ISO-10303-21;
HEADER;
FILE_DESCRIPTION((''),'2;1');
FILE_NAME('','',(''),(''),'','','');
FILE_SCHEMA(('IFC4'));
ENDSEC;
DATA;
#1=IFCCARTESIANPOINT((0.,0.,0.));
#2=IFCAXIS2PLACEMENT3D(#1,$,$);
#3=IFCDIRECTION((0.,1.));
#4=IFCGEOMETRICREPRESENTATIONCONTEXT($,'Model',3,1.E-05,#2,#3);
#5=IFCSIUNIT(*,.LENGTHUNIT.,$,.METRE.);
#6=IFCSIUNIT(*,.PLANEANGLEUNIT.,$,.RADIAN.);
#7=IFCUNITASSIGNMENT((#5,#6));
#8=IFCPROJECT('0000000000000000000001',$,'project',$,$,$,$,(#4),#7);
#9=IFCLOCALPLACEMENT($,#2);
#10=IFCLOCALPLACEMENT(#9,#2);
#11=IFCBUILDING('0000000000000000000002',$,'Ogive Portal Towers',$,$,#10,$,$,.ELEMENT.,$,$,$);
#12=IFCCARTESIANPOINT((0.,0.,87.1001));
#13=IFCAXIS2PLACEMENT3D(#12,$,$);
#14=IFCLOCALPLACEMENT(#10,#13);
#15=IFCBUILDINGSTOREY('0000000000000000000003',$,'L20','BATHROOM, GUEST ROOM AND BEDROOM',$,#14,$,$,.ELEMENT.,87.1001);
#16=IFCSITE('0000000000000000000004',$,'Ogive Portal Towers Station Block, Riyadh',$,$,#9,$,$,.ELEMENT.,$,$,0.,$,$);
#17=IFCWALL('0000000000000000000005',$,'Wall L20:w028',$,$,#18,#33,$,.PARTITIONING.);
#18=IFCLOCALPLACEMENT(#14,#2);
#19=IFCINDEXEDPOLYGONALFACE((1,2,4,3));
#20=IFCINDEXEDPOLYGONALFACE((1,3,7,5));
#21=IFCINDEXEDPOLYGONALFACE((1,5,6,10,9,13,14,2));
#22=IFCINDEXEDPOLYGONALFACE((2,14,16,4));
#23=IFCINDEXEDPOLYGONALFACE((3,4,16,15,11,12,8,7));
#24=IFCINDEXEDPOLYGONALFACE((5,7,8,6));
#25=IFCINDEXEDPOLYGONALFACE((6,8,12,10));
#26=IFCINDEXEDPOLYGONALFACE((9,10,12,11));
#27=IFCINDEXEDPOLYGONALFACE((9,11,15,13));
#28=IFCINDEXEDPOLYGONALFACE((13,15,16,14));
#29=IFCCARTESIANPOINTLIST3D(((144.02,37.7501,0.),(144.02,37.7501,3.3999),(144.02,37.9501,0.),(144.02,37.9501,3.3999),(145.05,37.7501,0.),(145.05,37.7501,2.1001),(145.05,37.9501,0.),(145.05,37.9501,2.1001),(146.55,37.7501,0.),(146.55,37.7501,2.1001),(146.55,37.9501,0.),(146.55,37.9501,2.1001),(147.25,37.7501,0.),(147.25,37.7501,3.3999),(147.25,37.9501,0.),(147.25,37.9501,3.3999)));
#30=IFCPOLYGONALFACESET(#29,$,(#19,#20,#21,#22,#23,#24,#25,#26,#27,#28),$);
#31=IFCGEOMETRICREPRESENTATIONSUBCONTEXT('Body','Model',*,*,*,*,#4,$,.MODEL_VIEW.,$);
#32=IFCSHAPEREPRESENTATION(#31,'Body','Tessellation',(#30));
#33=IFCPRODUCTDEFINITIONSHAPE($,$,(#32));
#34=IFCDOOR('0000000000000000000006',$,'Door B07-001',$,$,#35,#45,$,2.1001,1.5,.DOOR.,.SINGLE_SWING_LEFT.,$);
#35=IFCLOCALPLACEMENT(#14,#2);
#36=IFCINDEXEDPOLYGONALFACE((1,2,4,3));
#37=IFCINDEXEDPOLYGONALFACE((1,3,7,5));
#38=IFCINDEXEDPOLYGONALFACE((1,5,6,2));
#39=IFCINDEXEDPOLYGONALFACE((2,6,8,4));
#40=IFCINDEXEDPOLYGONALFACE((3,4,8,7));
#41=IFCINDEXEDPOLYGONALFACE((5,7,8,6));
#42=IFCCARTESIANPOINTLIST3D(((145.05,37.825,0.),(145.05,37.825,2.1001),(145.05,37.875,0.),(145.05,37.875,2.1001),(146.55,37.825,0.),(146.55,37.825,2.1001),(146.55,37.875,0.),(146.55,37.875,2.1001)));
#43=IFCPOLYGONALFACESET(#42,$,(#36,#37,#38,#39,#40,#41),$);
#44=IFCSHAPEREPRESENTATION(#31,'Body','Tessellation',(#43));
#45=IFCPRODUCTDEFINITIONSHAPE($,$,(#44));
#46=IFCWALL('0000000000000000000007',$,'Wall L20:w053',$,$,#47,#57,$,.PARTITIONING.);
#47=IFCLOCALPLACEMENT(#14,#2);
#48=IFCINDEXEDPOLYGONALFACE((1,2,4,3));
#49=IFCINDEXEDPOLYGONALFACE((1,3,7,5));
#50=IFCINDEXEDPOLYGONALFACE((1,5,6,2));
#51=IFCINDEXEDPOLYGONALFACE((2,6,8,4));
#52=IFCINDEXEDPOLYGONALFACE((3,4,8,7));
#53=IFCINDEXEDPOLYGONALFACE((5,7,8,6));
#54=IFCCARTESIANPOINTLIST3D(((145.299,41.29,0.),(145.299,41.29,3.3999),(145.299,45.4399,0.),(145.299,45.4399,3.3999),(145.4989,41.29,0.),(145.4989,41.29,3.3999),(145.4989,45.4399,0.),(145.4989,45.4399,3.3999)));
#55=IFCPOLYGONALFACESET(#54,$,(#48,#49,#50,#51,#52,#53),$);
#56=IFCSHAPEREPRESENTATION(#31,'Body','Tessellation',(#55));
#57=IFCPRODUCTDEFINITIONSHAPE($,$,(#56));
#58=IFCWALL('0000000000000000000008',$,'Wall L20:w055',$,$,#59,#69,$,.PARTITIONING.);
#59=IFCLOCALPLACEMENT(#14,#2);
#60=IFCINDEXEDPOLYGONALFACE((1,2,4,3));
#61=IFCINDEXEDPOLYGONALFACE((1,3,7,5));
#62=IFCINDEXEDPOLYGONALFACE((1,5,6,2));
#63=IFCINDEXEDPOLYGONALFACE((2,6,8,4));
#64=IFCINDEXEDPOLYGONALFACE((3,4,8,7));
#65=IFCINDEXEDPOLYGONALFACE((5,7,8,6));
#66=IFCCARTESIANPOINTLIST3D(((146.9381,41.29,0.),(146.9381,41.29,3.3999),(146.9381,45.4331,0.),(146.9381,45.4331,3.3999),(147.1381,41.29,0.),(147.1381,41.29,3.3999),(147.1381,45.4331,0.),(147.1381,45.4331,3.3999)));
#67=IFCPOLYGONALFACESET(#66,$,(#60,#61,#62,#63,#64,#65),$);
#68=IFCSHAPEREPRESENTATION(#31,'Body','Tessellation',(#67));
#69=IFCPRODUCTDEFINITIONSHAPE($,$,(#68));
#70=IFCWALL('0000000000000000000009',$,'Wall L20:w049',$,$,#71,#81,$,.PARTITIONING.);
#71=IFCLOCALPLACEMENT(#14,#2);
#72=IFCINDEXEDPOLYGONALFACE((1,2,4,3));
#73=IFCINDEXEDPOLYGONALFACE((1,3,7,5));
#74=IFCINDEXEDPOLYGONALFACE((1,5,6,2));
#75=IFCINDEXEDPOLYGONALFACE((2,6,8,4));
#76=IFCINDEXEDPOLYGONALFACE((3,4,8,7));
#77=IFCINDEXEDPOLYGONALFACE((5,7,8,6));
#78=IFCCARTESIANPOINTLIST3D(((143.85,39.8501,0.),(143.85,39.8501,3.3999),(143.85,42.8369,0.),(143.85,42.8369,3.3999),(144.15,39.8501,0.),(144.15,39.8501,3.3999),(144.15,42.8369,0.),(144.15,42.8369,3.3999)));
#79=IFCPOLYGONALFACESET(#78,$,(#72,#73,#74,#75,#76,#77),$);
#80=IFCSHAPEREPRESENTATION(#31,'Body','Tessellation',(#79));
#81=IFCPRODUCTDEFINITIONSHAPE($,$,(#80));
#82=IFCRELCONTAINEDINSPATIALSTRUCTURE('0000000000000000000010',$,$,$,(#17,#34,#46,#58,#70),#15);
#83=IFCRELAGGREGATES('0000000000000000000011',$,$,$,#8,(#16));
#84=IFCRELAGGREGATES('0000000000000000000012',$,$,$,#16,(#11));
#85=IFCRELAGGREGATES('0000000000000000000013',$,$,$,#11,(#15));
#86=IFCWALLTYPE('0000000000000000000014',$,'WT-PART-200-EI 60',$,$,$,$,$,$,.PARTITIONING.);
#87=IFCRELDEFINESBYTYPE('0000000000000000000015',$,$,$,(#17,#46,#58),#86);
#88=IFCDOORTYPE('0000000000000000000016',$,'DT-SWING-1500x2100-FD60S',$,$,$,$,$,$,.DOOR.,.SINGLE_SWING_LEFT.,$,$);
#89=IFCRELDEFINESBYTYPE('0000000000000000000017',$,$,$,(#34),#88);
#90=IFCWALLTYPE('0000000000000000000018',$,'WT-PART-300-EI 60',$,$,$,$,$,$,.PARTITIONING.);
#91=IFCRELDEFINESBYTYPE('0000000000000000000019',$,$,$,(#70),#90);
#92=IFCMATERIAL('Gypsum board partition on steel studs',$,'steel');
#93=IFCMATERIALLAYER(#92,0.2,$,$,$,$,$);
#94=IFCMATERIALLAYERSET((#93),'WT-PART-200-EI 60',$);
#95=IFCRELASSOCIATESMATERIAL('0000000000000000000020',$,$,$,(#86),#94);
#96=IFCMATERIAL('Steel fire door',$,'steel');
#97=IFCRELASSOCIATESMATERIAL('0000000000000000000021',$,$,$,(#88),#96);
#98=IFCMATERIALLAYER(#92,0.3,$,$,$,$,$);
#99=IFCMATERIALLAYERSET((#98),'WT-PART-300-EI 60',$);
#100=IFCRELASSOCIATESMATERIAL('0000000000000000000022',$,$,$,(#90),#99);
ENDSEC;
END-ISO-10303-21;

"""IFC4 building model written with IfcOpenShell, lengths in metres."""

from ifc_helpers import new_model, si_unit, direction, frame, frame_2d, origin, place, context, subcontext, project, spatial, rectangle, extrude, material, layer, layer_set, type_object, element, fill, save


model = new_model("IFC4")

# Units and contexts
model_context = context("Model", 3, precision=1e-05, world=origin(), true_north=direction((0.0, 1.0)))
body_context = subcontext(model_context, "Body", "Model", "MODEL_VIEW")
ifc_project = project(units=[si_unit("LENGTHUNIT", "METRE"), si_unit("PLANEANGLEUNIT", "RADIAN")], contexts=[model_context])

# Site, building, storey
site_placement = place(None, origin())
site = spatial("IfcSite", under=ifc_project, at=site_placement, Name="Ogive Portal Towers Station Block, Riyadh", CompositionType="ELEMENT", RefElevation=0.0)
building_placement = place(site_placement, origin())
building = spatial("IfcBuilding", under=site, at=building_placement, Name="Ogive Portal Towers", CompositionType="ELEMENT")
storey_placement = place(building_placement, frame((0.0, 0.0, 87.1001)))
storey = spatial("IfcBuildingStorey", under=building, at=storey_placement, Name="L20", Description="BATHROOM, GUEST ROOM AND BEDROOM", CompositionType="ELEMENT", Elevation=87.1001)

# Shared definitions
ifc_material_1 = material(Name="Gypsum board partition on steel studs", Category="steel")
ifc_layer_1 = layer(ifc_material_1, 0.2)
ifc_layer_set_1 = layer_set([ifc_layer_1], Name="WT-PART-200-EI 60")
wall_type_1 = type_object("IfcWallType", Name="WT-PART-200-EI 60", PredefinedType="PARTITIONING", material=ifc_layer_set_1)

# Wall, opening, door
wall_1_placement = place(storey_placement, frame((144.02, 37.8501, 0.0), z_axis=(0.0, 0.0, 1.0), x_axis=(1.0, 0.0, 0.0)))
wall_1 = element("IfcWall", 1, at=wall_1_placement, inside=storey, type_object=wall_type_1, Name="Wall L20:w028", PredefinedType="PARTITIONING", context=body_context, shape_type="SweptSolid", body=[
    extrude(rectangle(XDim=3.23, YDim=0.2, at=frame_2d((1.615, 0.0))), origin(), (0.0, 0.0, 1.0), 3.3999),
])
opening_placement = place(wall_1_placement, frame((1.03, 0.0, 0.0)))
opening = element("IfcOpeningElement", 2, at=opening_placement, cuts=wall_1, PredefinedType="OPENING", context=body_context, shape_type="SweptSolid", body=[
    extrude(rectangle(XDim=1.5, YDim=2.1001, at=frame_2d((0.75, 1.05))), frame((0.0, 0.1099, 0.0), z_axis=(0.0, -1.0, 0.0), x_axis=(1.0, 0.0, 0.0)), (0.0, 0.0, 1.0), 0.22),
])
ifc_material_2 = material(Name="Steel fire door", Category="steel")
door_type = type_object("IfcDoorType", Name="DT-SWING-1500x2100-FD60S", OperationType="SINGLE_SWING_LEFT", PredefinedType="DOOR", material=ifc_material_2)
door_placement = place(opening_placement, origin())
door = element("IfcDoor", 3, at=door_placement, inside=storey, type_object=door_type, Name="Door B07-001", OperationType="SINGLE_SWING_LEFT", OverallHeight=2.1001, OverallWidth=1.5, PredefinedType="DOOR", context=body_context, shape_type="SweptSolid", body=[
    extrude(rectangle(XDim=1.5, YDim=2.1001, at=frame_2d((0.75, 1.05))), frame((0.0, 0.0249, 0.0), z_axis=(0.0, -1.0, 0.0), x_axis=(1.0, 0.0, 0.0)), (0.0, 0.0, 1.0), 0.05),
])
fill(opening, door)

# Walls
wall_2_placement = place(storey_placement, frame((145.3989, 41.29, 0.0), z_axis=(0.0, 0.0, 1.0), x_axis=(0.0, 1.0, 0.0)))
element("IfcWall", 4, at=wall_2_placement, inside=storey, type_object=wall_type_1, Name="Wall L20:w053", PredefinedType="PARTITIONING", context=body_context, shape_type="SweptSolid", body=[
    extrude(rectangle(XDim=4.1499, YDim=0.2, at=frame_2d((2.075, 0.0))), origin(), (0.0, 0.0, 1.0), 3.3999),
])
wall_3_placement = place(storey_placement, frame((147.0381, 41.29, 0.0), z_axis=(0.0, 0.0, 1.0), x_axis=(0.0, 1.0, 0.0)))
element("IfcWall", 5, at=wall_3_placement, inside=storey, type_object=wall_type_1, Name="Wall L20:w055", PredefinedType="PARTITIONING", context=body_context, shape_type="SweptSolid", body=[
    extrude(rectangle(XDim=4.1431, YDim=0.2, at=frame_2d((2.0715, 0.0))), origin(), (0.0, 0.0, 1.0), 3.3999),
])
ifc_layer_2 = layer(ifc_material_1, 0.3)
ifc_layer_set_2 = layer_set([ifc_layer_2], Name="WT-PART-300-EI 60")
wall_type_2 = type_object("IfcWallType", Name="WT-PART-300-EI 60", PredefinedType="PARTITIONING", material=ifc_layer_set_2)
wall_4_placement = place(storey_placement, frame((144.0, 39.8501, 0.0), z_axis=(0.0, 0.0, 1.0), x_axis=(0.0, 1.0, 0.0)))
element("IfcWall", 6, at=wall_4_placement, inside=storey, type_object=wall_type_2, Name="Wall L20:w049", PredefinedType="PARTITIONING", context=body_context, shape_type="SweptSolid", body=[
    extrude(rectangle(XDim=2.9868, YDim=0.3, at=frame_2d((1.4934, 0.0))), origin(), (0.0, 0.0, 1.0), 3.3999),
])

save(model, "model.ifc")
